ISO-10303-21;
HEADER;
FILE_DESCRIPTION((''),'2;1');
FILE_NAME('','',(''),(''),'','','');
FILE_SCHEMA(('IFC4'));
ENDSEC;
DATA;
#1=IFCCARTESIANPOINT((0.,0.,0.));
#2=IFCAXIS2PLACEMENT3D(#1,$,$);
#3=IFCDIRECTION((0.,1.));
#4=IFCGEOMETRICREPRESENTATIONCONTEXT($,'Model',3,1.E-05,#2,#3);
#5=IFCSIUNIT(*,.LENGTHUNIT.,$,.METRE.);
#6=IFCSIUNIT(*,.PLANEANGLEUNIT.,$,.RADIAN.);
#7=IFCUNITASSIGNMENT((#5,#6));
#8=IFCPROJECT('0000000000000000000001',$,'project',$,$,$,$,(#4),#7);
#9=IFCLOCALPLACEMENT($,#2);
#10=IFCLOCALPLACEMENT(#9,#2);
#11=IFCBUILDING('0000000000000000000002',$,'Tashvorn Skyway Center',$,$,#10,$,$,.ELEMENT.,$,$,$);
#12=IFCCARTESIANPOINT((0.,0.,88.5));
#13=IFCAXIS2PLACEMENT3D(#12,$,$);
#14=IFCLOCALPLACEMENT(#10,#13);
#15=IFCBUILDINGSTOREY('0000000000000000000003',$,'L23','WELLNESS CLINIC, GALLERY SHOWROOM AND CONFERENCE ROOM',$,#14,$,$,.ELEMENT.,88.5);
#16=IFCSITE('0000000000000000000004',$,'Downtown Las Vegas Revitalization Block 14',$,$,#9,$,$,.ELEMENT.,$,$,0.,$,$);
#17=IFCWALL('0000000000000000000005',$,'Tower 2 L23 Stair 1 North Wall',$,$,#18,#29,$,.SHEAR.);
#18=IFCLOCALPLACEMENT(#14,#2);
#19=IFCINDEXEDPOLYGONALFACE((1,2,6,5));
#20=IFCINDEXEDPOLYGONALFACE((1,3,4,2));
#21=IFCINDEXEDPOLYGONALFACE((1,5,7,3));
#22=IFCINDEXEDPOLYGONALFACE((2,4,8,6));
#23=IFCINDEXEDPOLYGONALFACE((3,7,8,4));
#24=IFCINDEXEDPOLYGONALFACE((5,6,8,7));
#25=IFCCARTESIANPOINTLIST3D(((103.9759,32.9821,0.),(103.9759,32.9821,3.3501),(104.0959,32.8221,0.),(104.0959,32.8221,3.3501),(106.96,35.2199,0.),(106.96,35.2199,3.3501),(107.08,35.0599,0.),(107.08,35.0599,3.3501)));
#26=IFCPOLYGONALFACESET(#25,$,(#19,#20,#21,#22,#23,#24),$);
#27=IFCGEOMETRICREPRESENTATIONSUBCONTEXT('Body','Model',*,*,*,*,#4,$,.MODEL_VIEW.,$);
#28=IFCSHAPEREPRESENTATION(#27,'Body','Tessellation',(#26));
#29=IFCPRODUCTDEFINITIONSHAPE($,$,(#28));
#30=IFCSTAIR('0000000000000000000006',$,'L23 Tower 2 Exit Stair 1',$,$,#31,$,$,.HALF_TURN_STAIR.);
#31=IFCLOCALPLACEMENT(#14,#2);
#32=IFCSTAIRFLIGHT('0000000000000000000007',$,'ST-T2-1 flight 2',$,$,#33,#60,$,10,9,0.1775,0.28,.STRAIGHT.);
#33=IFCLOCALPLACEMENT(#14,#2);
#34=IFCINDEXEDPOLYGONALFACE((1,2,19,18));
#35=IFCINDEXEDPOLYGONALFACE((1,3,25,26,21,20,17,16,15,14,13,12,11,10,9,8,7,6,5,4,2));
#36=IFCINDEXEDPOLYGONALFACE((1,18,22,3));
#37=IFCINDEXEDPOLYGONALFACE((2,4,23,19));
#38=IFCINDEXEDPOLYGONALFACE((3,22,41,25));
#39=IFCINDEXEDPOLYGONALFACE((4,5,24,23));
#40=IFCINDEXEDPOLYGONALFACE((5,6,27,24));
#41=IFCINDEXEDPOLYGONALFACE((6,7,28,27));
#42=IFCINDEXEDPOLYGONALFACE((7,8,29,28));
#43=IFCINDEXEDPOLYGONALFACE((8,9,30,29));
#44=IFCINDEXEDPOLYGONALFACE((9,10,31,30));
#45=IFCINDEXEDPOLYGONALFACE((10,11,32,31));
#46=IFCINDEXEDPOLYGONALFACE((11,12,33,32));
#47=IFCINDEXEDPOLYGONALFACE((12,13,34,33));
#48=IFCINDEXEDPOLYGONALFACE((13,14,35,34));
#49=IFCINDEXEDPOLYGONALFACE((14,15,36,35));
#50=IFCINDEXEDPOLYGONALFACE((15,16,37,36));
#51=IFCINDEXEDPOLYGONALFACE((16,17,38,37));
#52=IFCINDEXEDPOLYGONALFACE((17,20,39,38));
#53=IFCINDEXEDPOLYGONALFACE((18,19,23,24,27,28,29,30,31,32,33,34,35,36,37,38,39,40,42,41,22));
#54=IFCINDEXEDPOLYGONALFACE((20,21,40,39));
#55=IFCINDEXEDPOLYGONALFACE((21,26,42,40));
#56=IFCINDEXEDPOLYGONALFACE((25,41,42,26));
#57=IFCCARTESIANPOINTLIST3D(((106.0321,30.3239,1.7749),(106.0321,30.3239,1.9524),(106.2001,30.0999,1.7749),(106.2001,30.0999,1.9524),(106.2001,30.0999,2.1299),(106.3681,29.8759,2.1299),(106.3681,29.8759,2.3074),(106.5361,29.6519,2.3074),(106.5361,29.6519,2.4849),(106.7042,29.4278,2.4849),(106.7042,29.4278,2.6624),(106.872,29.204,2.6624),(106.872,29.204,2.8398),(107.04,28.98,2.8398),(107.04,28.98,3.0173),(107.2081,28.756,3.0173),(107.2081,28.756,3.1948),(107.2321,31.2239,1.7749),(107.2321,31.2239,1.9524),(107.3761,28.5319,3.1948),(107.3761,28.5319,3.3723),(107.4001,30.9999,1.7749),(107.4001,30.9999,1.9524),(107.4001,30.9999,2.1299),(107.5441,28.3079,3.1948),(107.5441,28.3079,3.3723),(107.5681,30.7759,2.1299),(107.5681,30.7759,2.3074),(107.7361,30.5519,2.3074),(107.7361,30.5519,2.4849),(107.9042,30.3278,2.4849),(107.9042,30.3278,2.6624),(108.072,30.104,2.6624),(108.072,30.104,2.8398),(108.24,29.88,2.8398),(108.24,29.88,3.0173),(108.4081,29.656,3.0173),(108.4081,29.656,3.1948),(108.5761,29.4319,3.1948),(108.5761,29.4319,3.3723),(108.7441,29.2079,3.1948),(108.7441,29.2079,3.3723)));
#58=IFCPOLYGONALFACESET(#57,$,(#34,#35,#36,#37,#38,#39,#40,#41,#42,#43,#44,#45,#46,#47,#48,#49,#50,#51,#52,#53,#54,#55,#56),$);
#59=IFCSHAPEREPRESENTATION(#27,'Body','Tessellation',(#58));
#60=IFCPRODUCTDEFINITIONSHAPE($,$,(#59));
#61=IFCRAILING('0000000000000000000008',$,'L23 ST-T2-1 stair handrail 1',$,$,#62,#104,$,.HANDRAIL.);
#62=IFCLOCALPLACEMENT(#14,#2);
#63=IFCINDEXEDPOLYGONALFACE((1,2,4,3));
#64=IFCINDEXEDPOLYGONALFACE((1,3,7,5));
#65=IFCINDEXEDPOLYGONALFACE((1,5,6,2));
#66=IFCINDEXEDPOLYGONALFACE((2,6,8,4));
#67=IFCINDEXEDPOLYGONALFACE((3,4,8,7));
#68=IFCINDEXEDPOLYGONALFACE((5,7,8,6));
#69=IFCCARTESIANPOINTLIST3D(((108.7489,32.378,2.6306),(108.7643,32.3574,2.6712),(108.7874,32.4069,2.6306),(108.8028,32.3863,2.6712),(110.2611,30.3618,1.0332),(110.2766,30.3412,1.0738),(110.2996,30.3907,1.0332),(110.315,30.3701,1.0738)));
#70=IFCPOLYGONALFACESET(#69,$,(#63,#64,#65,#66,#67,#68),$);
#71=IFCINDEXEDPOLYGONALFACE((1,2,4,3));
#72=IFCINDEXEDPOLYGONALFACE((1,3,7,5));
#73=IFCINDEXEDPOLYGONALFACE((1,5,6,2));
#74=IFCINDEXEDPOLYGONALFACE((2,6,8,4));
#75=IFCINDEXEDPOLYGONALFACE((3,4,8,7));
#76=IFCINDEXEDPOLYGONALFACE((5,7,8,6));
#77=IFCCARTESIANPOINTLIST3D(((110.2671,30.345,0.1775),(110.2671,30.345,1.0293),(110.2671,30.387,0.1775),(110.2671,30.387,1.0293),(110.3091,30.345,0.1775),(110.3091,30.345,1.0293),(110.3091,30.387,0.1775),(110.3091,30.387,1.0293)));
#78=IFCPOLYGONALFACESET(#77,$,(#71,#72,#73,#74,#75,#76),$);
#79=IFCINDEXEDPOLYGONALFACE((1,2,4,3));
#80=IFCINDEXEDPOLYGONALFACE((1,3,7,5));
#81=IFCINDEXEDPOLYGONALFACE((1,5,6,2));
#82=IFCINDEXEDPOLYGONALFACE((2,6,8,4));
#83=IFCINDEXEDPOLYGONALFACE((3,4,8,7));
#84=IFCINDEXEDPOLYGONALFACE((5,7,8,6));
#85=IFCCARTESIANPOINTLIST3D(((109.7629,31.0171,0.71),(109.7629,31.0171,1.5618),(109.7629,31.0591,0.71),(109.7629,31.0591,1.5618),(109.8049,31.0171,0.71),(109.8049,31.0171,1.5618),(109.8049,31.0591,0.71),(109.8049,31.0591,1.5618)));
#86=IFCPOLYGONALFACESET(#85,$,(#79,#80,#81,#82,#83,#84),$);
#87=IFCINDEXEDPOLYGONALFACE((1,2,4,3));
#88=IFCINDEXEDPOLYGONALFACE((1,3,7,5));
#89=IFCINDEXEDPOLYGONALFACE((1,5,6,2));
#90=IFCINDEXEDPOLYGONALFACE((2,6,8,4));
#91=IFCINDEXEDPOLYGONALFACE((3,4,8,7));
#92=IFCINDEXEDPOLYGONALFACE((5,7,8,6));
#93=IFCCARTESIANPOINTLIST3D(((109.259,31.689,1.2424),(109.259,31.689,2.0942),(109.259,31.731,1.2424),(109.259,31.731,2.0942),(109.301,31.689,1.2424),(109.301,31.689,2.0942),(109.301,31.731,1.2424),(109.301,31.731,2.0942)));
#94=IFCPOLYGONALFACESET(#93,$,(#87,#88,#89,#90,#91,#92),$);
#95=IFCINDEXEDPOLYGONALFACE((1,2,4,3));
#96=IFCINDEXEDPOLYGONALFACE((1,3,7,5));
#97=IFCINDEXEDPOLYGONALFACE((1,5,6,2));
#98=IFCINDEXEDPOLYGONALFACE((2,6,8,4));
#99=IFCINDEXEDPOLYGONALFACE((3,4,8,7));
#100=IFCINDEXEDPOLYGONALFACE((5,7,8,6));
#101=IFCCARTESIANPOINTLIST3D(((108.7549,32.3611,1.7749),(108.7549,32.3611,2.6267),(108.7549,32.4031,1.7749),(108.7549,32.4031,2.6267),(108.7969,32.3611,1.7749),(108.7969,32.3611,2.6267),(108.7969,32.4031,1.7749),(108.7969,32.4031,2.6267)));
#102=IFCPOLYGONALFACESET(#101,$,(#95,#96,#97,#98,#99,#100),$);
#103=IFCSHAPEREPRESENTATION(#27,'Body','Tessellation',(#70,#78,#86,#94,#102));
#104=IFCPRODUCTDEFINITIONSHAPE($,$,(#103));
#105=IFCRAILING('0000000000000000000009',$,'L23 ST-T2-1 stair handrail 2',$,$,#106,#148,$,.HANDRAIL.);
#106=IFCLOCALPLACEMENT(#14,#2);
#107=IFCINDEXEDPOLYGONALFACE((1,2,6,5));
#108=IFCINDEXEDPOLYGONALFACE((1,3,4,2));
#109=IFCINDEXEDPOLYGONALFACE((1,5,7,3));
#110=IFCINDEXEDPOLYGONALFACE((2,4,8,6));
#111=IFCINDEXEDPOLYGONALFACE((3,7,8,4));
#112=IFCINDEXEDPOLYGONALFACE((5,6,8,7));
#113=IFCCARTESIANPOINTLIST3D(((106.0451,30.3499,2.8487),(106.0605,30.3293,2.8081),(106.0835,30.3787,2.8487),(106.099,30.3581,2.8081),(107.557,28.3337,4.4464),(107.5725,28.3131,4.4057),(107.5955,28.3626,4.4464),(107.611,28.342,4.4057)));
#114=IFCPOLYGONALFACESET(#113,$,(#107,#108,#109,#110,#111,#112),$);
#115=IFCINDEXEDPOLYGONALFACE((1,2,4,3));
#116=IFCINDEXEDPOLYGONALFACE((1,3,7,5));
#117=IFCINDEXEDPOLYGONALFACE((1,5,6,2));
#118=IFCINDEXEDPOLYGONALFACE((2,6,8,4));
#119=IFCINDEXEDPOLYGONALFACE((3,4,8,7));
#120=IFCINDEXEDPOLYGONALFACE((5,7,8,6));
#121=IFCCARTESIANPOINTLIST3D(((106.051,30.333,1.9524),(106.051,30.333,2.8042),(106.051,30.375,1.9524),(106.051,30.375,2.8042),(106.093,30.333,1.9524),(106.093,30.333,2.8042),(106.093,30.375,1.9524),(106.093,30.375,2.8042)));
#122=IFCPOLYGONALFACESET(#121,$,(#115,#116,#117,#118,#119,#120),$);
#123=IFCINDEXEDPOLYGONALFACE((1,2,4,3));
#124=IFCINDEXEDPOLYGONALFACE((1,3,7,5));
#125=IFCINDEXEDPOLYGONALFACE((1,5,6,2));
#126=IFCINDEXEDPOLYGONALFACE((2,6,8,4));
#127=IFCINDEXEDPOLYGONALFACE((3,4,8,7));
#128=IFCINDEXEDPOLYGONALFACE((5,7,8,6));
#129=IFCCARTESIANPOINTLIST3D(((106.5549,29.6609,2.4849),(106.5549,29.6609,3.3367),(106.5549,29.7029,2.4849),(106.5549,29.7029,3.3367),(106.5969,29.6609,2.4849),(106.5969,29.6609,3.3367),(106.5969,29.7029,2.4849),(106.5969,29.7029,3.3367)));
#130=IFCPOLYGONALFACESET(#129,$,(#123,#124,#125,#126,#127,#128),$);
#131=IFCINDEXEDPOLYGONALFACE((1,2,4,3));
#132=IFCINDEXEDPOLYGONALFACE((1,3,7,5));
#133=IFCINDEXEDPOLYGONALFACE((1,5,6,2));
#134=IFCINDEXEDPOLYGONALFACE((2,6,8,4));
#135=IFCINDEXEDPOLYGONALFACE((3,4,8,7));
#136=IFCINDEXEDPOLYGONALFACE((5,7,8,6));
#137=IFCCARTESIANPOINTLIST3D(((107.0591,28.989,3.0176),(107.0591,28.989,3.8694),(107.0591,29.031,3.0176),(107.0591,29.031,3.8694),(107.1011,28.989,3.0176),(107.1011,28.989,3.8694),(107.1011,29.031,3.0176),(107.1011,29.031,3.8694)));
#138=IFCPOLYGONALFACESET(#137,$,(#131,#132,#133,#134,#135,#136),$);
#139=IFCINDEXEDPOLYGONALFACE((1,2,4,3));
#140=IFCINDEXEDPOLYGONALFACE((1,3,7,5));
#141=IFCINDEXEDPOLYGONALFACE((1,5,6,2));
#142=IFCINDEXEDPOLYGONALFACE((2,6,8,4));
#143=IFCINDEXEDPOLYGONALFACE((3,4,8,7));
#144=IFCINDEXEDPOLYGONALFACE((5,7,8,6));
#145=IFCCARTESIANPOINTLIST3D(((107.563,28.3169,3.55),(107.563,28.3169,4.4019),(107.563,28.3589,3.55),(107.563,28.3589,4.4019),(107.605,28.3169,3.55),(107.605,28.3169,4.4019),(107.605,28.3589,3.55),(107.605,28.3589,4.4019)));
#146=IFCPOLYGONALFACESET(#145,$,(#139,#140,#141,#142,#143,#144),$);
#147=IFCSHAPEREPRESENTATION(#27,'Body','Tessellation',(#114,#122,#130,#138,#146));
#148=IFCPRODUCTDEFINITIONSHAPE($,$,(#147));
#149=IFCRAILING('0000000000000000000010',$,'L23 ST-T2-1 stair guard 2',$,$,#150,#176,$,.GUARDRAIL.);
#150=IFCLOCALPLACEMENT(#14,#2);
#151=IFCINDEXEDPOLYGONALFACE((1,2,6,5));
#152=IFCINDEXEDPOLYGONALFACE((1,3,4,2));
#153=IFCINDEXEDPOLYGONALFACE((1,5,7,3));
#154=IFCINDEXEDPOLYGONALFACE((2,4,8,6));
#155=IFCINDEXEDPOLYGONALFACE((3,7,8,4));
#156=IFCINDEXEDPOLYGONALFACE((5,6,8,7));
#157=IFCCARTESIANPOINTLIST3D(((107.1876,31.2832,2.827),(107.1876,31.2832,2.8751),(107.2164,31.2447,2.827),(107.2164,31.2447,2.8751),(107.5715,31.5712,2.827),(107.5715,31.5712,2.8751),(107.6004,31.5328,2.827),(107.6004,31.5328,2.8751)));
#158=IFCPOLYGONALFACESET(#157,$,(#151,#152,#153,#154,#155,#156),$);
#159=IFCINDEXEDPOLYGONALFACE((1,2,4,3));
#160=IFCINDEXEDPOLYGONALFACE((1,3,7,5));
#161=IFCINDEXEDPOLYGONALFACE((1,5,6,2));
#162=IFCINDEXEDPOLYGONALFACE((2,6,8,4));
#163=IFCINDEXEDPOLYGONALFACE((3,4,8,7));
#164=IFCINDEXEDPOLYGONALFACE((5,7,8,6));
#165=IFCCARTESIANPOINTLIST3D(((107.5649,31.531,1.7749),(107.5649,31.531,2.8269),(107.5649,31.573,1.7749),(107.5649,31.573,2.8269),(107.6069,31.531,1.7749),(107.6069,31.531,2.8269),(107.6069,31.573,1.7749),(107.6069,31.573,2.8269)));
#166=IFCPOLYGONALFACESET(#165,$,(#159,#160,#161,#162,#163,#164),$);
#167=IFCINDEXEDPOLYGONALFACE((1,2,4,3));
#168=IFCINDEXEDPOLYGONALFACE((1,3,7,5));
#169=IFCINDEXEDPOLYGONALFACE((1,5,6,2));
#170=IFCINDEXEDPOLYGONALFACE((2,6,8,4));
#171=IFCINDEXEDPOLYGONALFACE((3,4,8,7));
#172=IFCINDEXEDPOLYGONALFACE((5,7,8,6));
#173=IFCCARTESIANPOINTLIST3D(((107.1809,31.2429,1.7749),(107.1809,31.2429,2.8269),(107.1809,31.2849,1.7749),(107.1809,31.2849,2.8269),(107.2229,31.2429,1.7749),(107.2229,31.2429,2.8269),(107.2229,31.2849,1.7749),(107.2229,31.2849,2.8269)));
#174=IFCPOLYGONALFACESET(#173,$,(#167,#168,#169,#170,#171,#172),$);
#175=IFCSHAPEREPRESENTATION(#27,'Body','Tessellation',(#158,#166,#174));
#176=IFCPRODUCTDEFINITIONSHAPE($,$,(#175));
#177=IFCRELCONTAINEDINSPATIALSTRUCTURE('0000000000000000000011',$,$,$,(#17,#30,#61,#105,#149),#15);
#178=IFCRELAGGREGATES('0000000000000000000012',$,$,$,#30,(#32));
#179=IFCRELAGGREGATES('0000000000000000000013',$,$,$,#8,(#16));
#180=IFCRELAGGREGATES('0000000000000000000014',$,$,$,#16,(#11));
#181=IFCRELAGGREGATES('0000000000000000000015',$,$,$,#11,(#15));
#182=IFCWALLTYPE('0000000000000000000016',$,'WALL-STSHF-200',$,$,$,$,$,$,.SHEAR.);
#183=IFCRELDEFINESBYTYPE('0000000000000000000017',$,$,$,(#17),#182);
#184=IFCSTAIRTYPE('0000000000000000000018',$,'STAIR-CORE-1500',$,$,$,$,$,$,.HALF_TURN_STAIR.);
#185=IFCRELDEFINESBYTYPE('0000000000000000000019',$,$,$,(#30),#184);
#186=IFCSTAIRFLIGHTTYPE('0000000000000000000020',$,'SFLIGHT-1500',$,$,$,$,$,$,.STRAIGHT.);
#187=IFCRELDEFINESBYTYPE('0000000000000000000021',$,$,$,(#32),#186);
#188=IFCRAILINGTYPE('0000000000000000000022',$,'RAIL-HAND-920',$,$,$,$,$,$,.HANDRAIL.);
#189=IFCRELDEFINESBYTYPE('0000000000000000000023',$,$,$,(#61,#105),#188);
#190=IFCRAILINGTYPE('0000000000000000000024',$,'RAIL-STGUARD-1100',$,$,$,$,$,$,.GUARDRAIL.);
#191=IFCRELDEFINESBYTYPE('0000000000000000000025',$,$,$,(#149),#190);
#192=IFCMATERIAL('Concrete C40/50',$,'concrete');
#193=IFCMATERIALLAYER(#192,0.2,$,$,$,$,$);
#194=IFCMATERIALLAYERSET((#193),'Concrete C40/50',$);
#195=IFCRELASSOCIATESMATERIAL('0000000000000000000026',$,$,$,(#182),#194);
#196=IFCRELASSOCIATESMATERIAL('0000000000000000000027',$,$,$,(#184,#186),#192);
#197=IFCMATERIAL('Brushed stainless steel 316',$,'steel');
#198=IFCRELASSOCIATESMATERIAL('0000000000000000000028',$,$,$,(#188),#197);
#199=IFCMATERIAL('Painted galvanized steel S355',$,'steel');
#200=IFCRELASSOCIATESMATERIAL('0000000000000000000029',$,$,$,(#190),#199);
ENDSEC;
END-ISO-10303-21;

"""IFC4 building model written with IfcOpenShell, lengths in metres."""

from ifc_helpers import new_model, si_unit, direction, frame, frame_2d, origin, origin_2d, place, context, subcontext, project, spatial, polyline, rectangle, outline, extrude, material, layer, layer_set, type_object, element, aggregate, save


model = new_model("IFC4")

# Units and contexts
model_context = context("Model", 3, precision=1e-05, world=origin(), true_north=direction((0.0, 1.0)))
body_context = subcontext(model_context, "Body", "Model", "MODEL_VIEW")
ifc_project = project(units=[si_unit("LENGTHUNIT", "METRE"), si_unit("PLANEANGLEUNIT", "RADIAN")], contexts=[model_context])

# Site, building, storey
site_placement = place(None, origin())
site = spatial("IfcSite", under=ifc_project, at=site_placement, Name="Downtown Las Vegas Revitalization Block 14", CompositionType="ELEMENT", RefElevation=0.0)
building_placement = place(site_placement, origin())
building = spatial("IfcBuilding", under=site, at=building_placement, Name="Tashvorn Skyway Center", CompositionType="ELEMENT")
storey_placement = place(building_placement, frame((0.0, 0.0, 88.5)))
storey = spatial("IfcBuildingStorey", under=building, at=storey_placement, Name="L23", Description="WELLNESS CLINIC, GALLERY SHOWROOM AND CONFERENCE ROOM", CompositionType="ELEMENT", Elevation=88.5)

# Shared definitions
ifc_material_1 = material(Name="Concrete C40/50", Category="concrete")

# Wall
ifc_layer_1 = layer(ifc_material_1, 0.2)
ifc_layer_set_1 = layer_set([ifc_layer_1], Name="Concrete C40/50")
wall_type_1 = type_object("IfcWallType", Name="WALL-STSHF-200", PredefinedType="SHEAR", material=ifc_layer_set_1)
wall_1_placement = place(storey_placement, frame((104.0359, 32.9021, 0.0), z_axis=(0.0, 0.0, 1.0), x_axis=(0.800039, 0.599948, 0.0)))
element("IfcWall", 1, at=wall_1_placement, inside=storey, type_object=wall_type_1, Name="Tower 2 L23 Stair 1 North Wall", PredefinedType="SHEAR", context=body_context, shape_type="SweptSolid", body=[
    extrude(rectangle(XDim=3.73, YDim=0.2, at=frame_2d((1.865, 0.0))), origin(), (0.0, 0.0, 1.0), 3.3501),
])

# Stair, stair flight
stair_type = type_object("IfcStairType", Name="STAIR-CORE-1500", PredefinedType="HALF_TURN_STAIR", material=ifc_material_1)
stair_placement = place(storey_placement, origin())
stair = element("IfcStair", 2, at=stair_placement, inside=storey, type_object=stair_type, Name="L23 Tower 2 Exit Stair 1", PredefinedType="HALF_TURN_STAIR")
stair_flight_type = type_object("IfcStairFlightType", Name="SFLIGHT-1500", PredefinedType="STRAIGHT", material=ifc_material_1)
stair_flight_placement = place(storey_placement, frame((106.6321, 30.7739, 1.7749), z_axis=(0.0, 0.0, 1.0), x_axis=(0.6, -0.8, 0.0)))
stair_flight = element("IfcStairFlight", 3, at=stair_flight_placement, type_object=stair_flight_type, Name="ST-T2-1 flight 2", NumberOfRisers=10, NumberOfTreads=9, PredefinedType="STRAIGHT", RiserHeight=0.1775, TreadLength=0.28, context=body_context, shape_type="SweptSolid", body=[
    extrude(outline(polyline([(0.0, 0.0), (0.0, 0.1775), (0.28, 0.1775), (0.28, 0.355), (0.5601, 0.355), (0.5601, 0.5325), (0.8401, 0.5325), (0.8401, 0.71), (1.1201, 0.71), (1.1201, 0.8875), (1.3999, 0.8875), (1.3999, 1.0649), (1.6799, 1.0649), (1.6799, 1.2424), (1.96, 1.2424), (1.96, 1.4199), (2.24, 1.4199), (2.24, 1.5974), (2.52, 1.5974), (2.52, 1.7749), (2.52, 1.4199), (0.28, 0.0), (0.0, 0.0)])), frame((0.0, 0.75, 0.0), z_axis=(0.0, -1.0, 0.0), x_axis=(1.0, 0.0, 0.0)), (0.0, 0.0, 1.0), 1.5),
])
aggregate(stair, [stair_flight])

# Railings
ifc_material_2 = material(Name="Brushed stainless steel 316", Category="steel")
railing_type_1 = type_object("IfcRailingType", Name="RAIL-HAND-920", PredefinedType="HANDRAIL", material=ifc_material_2)
railing_1_placement = place(storey_placement, frame((110.2881, 30.366, 0.1775)))
element("IfcRailing", 4, at=railing_1_placement, inside=storey, type_object=railing_type_1, Name="L23 ST-T2-1 stair handrail 1", PredefinedType="HANDRAIL", context=body_context, shape_type="SweptSolid", body=[
    extrude(rectangle(XDim=0.0481, YDim=0.0481, at=origin_2d()), frame((0.0, 0.0, 0.876), z_axis=(-0.506802, 0.675681, 0.535357), x_axis=(-0.799977, -0.600031, 0.0)), (0.0, 0.0, 1.0), 2.9839),
    extrude(rectangle(XDim=0.042, YDim=0.042, at=origin_2d()), origin(), (0.0, 0.0, 1.0), 0.8518),
    extrude(rectangle(XDim=0.042, YDim=0.042, at=origin_2d()), frame((-0.5042, 0.6721, 0.5325)), (0.0, 0.0, 1.0), 0.8518),
    extrude(rectangle(XDim=0.042, YDim=0.042, at=origin_2d()), frame((-1.0081, 1.344, 1.0649)), (0.0, 0.0, 1.0), 0.8518),
    extrude(rectangle(XDim=0.042, YDim=0.042, at=origin_2d()), frame((-1.5122, 2.0161, 1.5974)), (0.0, 0.0, 1.0), 0.8518),
])
railing_2_placement = place(storey_placement, frame((106.072, 30.354, 1.9524)))
element("IfcRailing", 5, at=railing_2_placement, inside=storey, type_object=railing_type_1, Name="L23 ST-T2-1 stair handrail 2", PredefinedType="HANDRAIL", context=body_context, shape_type="SweptSolid", body=[
    extrude(rectangle(XDim=0.0481, YDim=0.0481, at=origin_2d()), frame((0.0, 0.0, 0.876), z_axis=(0.506719, -0.675679, 0.535438), x_axis=(0.800023, 0.599969, 0.0)), (0.0, 0.0, 1.0), 2.9839),
    extrude(rectangle(XDim=0.042, YDim=0.042, at=origin_2d()), origin(), (0.0, 0.0, 1.0), 0.8518),
    extrude(rectangle(XDim=0.042, YDim=0.042, at=origin_2d()), frame((0.5039, -0.6721, 0.5325)), (0.0, 0.0, 1.0), 0.8518),
    extrude(rectangle(XDim=0.042, YDim=0.042, at=origin_2d()), frame((1.0081, -1.344, 1.0652)), (0.0, 0.0, 1.0), 0.8518),
    extrude(rectangle(XDim=0.042, YDim=0.042, at=origin_2d()), frame((1.512, -2.0161, 1.5977)), (0.0, 0.0, 1.0), 0.8518),
])
ifc_material_3 = material(Name="Painted galvanized steel S355", Category="steel")
railing_type_2 = type_object("IfcRailingType", Name="RAIL-STGUARD-1100", PredefinedType="GUARDRAIL", material=ifc_material_3)
railing_3_placement = place(storey_placement, frame((107.5859, 31.552, 1.7749)))
element("IfcRailing", 6, at=railing_3_placement, inside=storey, type_object=railing_type_2, Name="L23 ST-T2-1 stair guard 2", PredefinedType="GUARDRAIL", context=body_context, shape_type="SweptSolid", body=[
    extrude(rectangle(XDim=0.0481, YDim=0.0481, at=origin_2d()), frame((0.0, 0.0, 1.0762), z_axis=(-0.799939, -0.600081, 0.0), x_axis=(0.600081, -0.799939, 0.0)), (0.0, 0.0, 1.0), 0.48),
    extrude(rectangle(XDim=0.042, YDim=0.042, at=origin_2d()), origin(), (0.0, 0.0, 1.0), 1.052),
    extrude(rectangle(XDim=0.042, YDim=0.042, at=origin_2d()), frame((-0.384, -0.2881, 0.0)), (0.0, 0.0, 1.0), 1.052),
])

save(model, "model.ifc")
